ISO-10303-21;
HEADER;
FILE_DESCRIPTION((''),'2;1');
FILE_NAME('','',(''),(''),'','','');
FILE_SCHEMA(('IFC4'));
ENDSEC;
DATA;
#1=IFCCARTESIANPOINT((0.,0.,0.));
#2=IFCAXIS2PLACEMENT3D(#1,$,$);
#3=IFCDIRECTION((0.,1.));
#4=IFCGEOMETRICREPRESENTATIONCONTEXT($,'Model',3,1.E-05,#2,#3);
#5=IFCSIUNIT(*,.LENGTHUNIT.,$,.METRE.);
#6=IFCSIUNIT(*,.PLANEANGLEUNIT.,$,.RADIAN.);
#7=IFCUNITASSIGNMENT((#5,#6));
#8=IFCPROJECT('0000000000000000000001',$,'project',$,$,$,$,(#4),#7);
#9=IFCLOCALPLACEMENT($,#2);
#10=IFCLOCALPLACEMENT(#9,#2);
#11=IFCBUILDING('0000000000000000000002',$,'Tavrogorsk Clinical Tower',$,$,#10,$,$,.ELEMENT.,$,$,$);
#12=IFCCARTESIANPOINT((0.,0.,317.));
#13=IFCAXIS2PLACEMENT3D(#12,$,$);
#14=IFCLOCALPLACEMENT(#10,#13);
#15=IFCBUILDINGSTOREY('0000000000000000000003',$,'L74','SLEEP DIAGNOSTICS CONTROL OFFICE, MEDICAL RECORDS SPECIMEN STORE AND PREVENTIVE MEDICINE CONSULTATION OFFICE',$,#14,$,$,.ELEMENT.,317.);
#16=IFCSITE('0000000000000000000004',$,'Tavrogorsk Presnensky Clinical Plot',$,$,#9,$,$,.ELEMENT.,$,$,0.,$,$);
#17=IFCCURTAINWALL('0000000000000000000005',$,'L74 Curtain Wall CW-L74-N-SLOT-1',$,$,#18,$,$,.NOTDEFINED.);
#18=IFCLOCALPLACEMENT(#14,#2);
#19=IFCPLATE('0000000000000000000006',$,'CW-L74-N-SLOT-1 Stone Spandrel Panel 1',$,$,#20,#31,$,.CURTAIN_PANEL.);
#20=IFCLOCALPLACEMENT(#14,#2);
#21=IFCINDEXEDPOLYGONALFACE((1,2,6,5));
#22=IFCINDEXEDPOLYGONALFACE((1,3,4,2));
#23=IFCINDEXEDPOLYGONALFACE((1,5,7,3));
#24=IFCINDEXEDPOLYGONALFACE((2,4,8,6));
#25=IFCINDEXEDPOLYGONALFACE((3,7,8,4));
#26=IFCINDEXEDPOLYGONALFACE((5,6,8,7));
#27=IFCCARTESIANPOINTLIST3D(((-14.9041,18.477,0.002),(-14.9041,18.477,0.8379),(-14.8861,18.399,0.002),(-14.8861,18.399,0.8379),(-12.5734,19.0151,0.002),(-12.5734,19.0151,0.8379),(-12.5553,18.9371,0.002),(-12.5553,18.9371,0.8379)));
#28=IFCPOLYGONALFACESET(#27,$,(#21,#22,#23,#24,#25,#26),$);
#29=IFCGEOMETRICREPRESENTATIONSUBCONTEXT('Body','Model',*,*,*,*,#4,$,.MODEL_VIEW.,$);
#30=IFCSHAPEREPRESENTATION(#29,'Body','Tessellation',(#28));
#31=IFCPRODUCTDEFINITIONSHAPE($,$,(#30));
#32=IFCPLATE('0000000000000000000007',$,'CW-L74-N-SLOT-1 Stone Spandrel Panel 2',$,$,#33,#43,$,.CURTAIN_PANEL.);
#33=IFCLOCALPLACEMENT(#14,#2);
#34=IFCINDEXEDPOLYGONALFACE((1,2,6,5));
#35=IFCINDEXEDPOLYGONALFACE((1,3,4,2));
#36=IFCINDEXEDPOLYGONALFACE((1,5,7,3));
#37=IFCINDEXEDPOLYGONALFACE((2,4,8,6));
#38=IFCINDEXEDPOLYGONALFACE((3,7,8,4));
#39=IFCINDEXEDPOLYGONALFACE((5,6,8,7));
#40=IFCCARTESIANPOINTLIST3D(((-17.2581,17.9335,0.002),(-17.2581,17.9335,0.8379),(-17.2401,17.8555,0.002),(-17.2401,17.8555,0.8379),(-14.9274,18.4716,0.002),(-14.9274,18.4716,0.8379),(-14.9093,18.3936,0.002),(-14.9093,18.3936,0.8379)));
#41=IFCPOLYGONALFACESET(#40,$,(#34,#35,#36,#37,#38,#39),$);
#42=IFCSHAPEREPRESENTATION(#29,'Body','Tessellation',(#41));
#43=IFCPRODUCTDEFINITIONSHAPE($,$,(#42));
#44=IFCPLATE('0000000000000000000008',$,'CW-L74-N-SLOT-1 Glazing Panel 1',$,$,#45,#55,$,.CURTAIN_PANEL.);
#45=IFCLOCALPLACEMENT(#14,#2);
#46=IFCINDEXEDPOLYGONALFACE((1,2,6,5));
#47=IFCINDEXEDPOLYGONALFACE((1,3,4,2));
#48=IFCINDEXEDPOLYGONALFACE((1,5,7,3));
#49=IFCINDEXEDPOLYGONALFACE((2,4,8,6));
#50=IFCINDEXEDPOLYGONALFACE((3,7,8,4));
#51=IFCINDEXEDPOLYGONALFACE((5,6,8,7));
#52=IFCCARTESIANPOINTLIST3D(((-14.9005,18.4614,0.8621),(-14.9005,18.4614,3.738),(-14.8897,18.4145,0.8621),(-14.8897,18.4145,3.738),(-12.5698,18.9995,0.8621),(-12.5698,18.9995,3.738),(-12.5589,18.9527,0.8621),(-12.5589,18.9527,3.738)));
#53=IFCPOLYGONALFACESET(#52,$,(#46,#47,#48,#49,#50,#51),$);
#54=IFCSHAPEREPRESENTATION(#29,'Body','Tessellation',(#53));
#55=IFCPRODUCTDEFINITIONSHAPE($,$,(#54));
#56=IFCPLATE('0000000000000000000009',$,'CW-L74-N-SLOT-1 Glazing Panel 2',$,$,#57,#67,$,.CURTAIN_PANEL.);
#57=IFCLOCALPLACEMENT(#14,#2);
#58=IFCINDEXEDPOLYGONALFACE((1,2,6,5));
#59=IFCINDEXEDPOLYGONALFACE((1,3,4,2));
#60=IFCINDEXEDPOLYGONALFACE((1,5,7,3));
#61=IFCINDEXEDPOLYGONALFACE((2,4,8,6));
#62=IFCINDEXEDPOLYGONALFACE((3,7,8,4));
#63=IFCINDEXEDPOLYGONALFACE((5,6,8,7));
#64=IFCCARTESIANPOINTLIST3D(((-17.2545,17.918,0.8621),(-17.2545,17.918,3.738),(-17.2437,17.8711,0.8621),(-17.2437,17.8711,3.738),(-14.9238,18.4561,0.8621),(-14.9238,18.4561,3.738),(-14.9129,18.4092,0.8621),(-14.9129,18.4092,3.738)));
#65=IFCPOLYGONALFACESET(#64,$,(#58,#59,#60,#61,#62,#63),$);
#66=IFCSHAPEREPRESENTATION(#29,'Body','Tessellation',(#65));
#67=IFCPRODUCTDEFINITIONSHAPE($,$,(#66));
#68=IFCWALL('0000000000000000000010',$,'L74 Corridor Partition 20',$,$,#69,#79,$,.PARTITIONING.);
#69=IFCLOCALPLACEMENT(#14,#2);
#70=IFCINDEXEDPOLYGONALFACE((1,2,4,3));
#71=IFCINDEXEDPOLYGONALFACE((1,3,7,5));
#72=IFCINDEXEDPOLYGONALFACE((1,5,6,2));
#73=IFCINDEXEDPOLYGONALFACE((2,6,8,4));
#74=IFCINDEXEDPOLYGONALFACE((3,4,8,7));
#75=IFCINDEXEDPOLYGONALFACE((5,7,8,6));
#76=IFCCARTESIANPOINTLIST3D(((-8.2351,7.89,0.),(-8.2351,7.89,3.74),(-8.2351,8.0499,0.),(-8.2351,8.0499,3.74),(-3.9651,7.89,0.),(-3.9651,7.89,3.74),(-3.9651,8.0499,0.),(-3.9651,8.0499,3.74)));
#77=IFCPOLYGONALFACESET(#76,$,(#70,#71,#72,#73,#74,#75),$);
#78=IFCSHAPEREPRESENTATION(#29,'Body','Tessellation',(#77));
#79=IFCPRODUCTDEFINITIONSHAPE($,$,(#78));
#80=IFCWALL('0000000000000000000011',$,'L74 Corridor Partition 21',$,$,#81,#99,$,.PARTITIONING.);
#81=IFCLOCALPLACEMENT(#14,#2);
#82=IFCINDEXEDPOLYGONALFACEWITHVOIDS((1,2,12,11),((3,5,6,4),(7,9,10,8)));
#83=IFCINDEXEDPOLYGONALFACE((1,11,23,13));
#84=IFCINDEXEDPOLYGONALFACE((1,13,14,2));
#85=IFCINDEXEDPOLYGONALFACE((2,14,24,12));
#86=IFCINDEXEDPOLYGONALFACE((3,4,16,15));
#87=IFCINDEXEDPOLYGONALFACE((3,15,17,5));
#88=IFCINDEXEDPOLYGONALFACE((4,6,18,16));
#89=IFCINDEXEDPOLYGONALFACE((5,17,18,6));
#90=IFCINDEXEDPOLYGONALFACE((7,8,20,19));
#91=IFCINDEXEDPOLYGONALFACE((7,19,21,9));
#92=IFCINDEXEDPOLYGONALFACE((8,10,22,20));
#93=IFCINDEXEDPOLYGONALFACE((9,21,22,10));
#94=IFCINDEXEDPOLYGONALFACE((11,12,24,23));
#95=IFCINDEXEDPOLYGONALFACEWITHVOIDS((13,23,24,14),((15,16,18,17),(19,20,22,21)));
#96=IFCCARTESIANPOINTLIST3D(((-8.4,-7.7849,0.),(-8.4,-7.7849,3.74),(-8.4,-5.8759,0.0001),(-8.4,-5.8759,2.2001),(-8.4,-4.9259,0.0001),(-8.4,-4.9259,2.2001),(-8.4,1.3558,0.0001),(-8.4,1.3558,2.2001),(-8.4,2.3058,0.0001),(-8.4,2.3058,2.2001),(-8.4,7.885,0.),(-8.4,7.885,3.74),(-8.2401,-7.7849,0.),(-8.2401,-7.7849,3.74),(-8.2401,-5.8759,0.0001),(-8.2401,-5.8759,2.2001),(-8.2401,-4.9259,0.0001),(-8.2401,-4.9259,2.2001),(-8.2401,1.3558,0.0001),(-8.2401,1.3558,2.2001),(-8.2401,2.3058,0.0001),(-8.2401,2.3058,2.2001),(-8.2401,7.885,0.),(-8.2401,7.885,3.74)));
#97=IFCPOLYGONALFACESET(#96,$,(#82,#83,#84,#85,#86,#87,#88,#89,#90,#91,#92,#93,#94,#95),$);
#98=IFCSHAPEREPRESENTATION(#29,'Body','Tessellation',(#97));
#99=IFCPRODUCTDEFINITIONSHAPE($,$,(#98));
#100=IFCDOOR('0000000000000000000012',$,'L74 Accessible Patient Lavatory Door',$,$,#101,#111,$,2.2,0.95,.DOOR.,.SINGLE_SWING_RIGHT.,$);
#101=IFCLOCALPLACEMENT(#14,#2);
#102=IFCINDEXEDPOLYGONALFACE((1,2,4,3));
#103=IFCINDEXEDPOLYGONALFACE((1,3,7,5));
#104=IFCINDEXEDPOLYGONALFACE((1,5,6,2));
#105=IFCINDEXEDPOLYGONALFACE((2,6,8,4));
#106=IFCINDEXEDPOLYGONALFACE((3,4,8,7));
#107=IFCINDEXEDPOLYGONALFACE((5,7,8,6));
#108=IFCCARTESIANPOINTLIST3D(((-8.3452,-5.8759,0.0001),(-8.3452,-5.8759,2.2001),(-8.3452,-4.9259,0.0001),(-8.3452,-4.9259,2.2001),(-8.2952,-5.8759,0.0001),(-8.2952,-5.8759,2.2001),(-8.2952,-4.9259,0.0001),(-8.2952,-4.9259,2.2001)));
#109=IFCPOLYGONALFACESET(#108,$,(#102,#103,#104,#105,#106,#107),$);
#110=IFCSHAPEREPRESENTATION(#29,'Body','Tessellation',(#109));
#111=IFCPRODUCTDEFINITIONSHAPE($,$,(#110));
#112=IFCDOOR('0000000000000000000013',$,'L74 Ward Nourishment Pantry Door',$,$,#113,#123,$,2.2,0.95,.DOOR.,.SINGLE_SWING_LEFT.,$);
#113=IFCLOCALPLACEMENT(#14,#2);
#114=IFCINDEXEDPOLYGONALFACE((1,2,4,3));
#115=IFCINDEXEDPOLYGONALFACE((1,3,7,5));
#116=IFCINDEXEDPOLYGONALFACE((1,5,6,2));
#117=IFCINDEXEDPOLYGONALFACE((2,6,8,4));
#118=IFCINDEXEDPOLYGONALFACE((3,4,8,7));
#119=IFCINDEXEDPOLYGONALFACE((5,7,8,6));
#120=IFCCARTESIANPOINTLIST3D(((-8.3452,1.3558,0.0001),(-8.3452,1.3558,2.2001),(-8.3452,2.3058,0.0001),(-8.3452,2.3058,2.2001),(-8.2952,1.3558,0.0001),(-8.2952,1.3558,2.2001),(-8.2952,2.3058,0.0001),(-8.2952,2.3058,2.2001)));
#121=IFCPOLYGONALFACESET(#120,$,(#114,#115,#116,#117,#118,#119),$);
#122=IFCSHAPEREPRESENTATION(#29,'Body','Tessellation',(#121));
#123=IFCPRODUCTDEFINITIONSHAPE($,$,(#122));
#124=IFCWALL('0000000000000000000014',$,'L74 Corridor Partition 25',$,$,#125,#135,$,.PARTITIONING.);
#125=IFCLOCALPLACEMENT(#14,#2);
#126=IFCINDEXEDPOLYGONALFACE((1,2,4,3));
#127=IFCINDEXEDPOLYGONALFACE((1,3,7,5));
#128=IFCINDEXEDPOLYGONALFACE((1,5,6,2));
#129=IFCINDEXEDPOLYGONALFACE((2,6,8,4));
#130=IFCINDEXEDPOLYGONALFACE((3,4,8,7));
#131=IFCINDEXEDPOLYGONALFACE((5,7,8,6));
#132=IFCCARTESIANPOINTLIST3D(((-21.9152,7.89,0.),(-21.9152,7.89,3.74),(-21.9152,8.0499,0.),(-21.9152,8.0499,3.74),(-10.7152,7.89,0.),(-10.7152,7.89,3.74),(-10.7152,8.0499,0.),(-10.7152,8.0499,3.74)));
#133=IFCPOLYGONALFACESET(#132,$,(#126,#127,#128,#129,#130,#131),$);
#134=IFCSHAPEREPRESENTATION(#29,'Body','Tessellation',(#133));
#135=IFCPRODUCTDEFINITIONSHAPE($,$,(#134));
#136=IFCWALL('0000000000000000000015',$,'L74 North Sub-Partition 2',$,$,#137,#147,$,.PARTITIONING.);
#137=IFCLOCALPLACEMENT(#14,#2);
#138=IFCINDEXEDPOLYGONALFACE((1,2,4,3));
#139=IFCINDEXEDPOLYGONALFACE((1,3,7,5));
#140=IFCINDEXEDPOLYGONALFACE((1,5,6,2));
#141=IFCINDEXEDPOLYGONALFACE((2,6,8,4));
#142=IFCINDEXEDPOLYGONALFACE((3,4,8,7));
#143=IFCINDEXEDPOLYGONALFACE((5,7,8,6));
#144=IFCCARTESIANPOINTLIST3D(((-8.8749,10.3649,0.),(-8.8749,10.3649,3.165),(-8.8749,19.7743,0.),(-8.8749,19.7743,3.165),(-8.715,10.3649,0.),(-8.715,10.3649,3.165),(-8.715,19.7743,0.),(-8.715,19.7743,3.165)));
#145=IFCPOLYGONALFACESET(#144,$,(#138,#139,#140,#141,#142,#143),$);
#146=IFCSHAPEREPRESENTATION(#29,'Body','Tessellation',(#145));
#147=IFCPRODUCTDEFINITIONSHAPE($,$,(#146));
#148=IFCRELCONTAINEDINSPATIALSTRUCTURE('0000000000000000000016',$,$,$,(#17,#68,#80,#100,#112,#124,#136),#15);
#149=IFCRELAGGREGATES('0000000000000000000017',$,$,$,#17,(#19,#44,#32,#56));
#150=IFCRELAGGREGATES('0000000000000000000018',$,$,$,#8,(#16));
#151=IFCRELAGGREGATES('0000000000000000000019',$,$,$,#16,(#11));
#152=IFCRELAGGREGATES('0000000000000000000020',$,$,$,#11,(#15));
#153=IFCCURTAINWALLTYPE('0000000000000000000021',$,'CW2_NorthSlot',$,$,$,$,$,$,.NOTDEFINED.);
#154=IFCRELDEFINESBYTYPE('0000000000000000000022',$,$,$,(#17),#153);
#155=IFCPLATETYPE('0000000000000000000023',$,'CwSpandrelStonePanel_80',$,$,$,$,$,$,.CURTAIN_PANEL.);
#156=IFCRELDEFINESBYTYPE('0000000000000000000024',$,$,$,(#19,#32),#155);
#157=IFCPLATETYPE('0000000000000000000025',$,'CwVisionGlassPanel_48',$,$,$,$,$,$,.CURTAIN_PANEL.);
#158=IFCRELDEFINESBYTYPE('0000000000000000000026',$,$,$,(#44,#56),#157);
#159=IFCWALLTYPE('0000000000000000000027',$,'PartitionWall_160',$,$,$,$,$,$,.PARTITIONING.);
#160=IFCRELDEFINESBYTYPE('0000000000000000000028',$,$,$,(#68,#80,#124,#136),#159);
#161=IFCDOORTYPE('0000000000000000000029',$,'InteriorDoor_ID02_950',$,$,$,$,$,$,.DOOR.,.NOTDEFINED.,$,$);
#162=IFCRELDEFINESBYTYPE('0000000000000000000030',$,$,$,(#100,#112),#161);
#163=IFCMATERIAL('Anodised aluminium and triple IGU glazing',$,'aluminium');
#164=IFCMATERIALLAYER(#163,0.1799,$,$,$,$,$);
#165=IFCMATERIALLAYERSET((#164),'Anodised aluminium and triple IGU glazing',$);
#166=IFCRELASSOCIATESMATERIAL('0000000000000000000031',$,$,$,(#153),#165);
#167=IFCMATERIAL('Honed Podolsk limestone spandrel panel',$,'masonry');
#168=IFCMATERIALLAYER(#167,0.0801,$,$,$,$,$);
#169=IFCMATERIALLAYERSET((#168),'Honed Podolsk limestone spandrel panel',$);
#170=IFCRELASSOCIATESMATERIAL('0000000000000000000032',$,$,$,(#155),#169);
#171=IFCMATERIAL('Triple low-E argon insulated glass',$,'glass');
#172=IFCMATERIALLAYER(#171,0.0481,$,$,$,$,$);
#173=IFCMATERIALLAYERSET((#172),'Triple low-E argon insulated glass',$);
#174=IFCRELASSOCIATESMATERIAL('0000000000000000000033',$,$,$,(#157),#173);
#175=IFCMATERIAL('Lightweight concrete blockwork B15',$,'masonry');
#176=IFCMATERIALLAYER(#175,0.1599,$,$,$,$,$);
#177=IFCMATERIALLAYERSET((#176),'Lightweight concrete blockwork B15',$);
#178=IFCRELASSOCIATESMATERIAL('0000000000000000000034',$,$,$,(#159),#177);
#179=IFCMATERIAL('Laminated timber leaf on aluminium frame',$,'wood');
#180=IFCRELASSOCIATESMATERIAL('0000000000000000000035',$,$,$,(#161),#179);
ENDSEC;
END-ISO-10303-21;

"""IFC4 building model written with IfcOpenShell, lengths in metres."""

from ifc_helpers import new_model, si_unit, direction, frame, frame_2d, origin, origin_2d, place, context, subcontext, project, spatial, rectangle, extrude, material, layer, layer_set, type_object, element, fill, aggregate, save


model = new_model("IFC4")

# Units and contexts
model_context = context("Model", 3, precision=1e-05, world=origin(), true_north=direction((0.0, 1.0)))
body_context = subcontext(model_context, "Body", "Model", "MODEL_VIEW")
ifc_project = project(units=[si_unit("LENGTHUNIT", "METRE"), si_unit("PLANEANGLEUNIT", "RADIAN")], contexts=[model_context])

# Site, building, storey
site_placement = place(None, origin())
site = spatial("IfcSite", under=ifc_project, at=site_placement, Name="Tavrogorsk Presnensky Clinical Plot", CompositionType="ELEMENT", RefElevation=0.0)
building_placement = place(site_placement, origin())
building = spatial("IfcBuilding", under=site, at=building_placement, Name="Tavrogorsk Clinical Tower", CompositionType="ELEMENT")
storey_placement = place(building_placement, frame((0.0, 0.0, 317.0)))
storey = spatial("IfcBuildingStorey", under=building, at=storey_placement, Name="L74", Description="SLEEP DIAGNOSTICS CONTROL OFFICE, MEDICAL RECORDS SPECIMEN STORE AND PREVENTIVE MEDICINE CONSULTATION OFFICE", CompositionType="ELEMENT", Elevation=317.0)

# Curtain wall
ifc_material_1 = material(Name="Anodised aluminium and triple IGU glazing", Category="aluminium")
ifc_layer_1 = layer(ifc_material_1, 0.1799)
ifc_layer_set_1 = layer_set([ifc_layer_1], Name="Anodised aluminium and triple IGU glazing")
curtain_wall_type = type_object("IfcCurtainWallType", Name="CW2_NorthSlot", PredefinedType="NOTDEFINED", material=ifc_layer_set_1)
curtain_wall_placement = place(storey_placement, origin())
curtain_wall = element("IfcCurtainWall", 1, at=curtain_wall_placement, inside=storey, type_object=curtain_wall_type, Name="L74 Curtain Wall CW-L74-N-SLOT-1", PredefinedType="NOTDEFINED")

# Plates
ifc_material_2 = material(Name="Honed Podolsk limestone spandrel panel", Category="masonry")
ifc_layer_2 = layer(ifc_material_2, 0.0801)
ifc_layer_set_2 = layer_set([ifc_layer_2], Name="Honed Podolsk limestone spandrel panel")
plate_type_1 = type_object("IfcPlateType", Name="CwSpandrelStonePanel_80", PredefinedType="CURTAIN_PANEL", material=ifc_layer_set_2)
plate_1_placement = place(storey_placement, frame((-13.7297, 18.707, 0.002), z_axis=(0.0, 0.0, 1.0), x_axis=(-0.97437, -0.224951, 0.0)))
plate_1 = element("IfcPlate", 2, at=plate_1_placement, type_object=plate_type_1, Name="CW-L74-N-SLOT-1 Stone Spandrel Panel 1", PredefinedType="CURTAIN_PANEL", context=body_context, shape_type="SweptSolid", body=[
    extrude(rectangle(XDim=2.3921, YDim=0.0801, at=origin_2d()), origin(), (0.0, 0.0, 1.0), 0.8359),
])
plate_2_placement = place(storey_placement, frame((-16.0837, 18.1636, 0.002), z_axis=(0.0, 0.0, 1.0), x_axis=(-0.97437, -0.224951, 0.0)))
plate_2 = element("IfcPlate", 3, at=plate_2_placement, type_object=plate_type_1, Name="CW-L74-N-SLOT-1 Stone Spandrel Panel 2", PredefinedType="CURTAIN_PANEL", context=body_context, shape_type="SweptSolid", body=[
    extrude(rectangle(XDim=2.3921, YDim=0.0801, at=origin_2d()), origin(), (0.0, 0.0, 1.0), 0.8359),
])
ifc_material_3 = material(Name="Triple low-E argon insulated glass", Category="glass")
ifc_layer_3 = layer(ifc_material_3, 0.0481)
ifc_layer_set_3 = layer_set([ifc_layer_3], Name="Triple low-E argon insulated glass")
plate_type_2 = type_object("IfcPlateType", Name="CwVisionGlassPanel_48", PredefinedType="CURTAIN_PANEL", material=ifc_layer_set_3)
plate_3_placement = place(storey_placement, frame((-13.7297, 18.707, 0.8621), z_axis=(0.0, 0.0, 1.0), x_axis=(-0.97437, -0.224951, 0.0)))
plate_3 = element("IfcPlate", 4, at=plate_3_placement, type_object=plate_type_2, Name="CW-L74-N-SLOT-1 Glazing Panel 1", PredefinedType="CURTAIN_PANEL", context=body_context, shape_type="SweptSolid", body=[
    extrude(rectangle(XDim=2.3921, YDim=0.0481, at=origin_2d()), origin(), (0.0, 0.0, 1.0), 2.876),
])
plate_4_placement = place(storey_placement, frame((-16.0837, 18.1636, 0.8621), z_axis=(0.0, 0.0, 1.0), x_axis=(-0.97437, -0.224951, 0.0)))
plate_4 = element("IfcPlate", 5, at=plate_4_placement, type_object=plate_type_2, Name="CW-L74-N-SLOT-1 Glazing Panel 2", PredefinedType="CURTAIN_PANEL", context=body_context, shape_type="SweptSolid", body=[
    extrude(rectangle(XDim=2.3921, YDim=0.0481, at=origin_2d()), origin(), (0.0, 0.0, 1.0), 2.876),
])
aggregate(curtain_wall, [plate_1, plate_3, plate_2, plate_4])

# Wall
ifc_material_4 = material(Name="Lightweight concrete blockwork B15", Category="masonry")
ifc_layer_4 = layer(ifc_material_4, 0.1599)
ifc_layer_set_4 = layer_set([ifc_layer_4], Name="Lightweight concrete blockwork B15")
wall_type_1 = type_object("IfcWallType", Name="PartitionWall_160", PredefinedType="PARTITIONING", material=ifc_layer_set_4)
wall_1_placement = place(storey_placement, frame((-3.9651, 7.97, 0.0), z_axis=(0.0, 0.0, 1.0), x_axis=(-1.0, 0.0, 0.0)))
element("IfcWall", 6, at=wall_1_placement, inside=storey, type_object=wall_type_1, Name="L74 Corridor Partition 20", PredefinedType="PARTITIONING", context=body_context, shape_type="SweptSolid", body=[
    extrude(rectangle(XDim=4.27, YDim=0.1599, at=frame_2d((2.135, 0.0))), origin(), (0.0, 0.0, 1.0), 3.74),
])

# Wall, openings, doors
wall_2_placement = place(storey_placement, frame((-8.3201, 7.885, 0.0), z_axis=(0.0, 0.0, 1.0), x_axis=(0.0, -1.0, 0.0)))
wall_2 = element("IfcWall", 7, at=wall_2_placement, inside=storey, type_object=wall_type_1, Name="L74 Corridor Partition 21", PredefinedType="PARTITIONING", context=body_context, shape_type="SweptSolid", body=[
    extrude(rectangle(XDim=15.6699, YDim=0.1599, at=frame_2d((7.835, 0.0))), origin(), (0.0, 0.0, 1.0), 3.74),
])
opening_1_placement = place(wall_2_placement, frame((12.8108, 0.0, 0.0)))
opening_1 = element("IfcOpeningElement", 8, at=opening_1_placement, cuts=wall_2, PredefinedType="OPENING", context=body_context, shape_type="SweptSolid", body=[
    extrude(rectangle(XDim=0.95, YDim=2.2, at=frame_2d((0.4751, 1.1001))), frame((0.0, 0.0898, 0.0), z_axis=(0.0, -1.0, 0.0), x_axis=(1.0, 0.0, 0.0)), (0.0, 0.0, 1.0), 0.1799),
])
opening_2_placement = place(wall_2_placement, frame((5.5791, 0.0, 0.0)))
opening_2 = element("IfcOpeningElement", 9, at=opening_2_placement, cuts=wall_2, PredefinedType="OPENING", context=body_context, shape_type="SweptSolid", body=[
    extrude(rectangle(XDim=0.95, YDim=2.2, at=frame_2d((0.4751, 1.1001))), frame((0.0, 0.0898, 0.0), z_axis=(0.0, -1.0, 0.0), x_axis=(1.0, 0.0, 0.0)), (0.0, 0.0, 1.0), 0.1799),
])
ifc_material_5 = material(Name="Laminated timber leaf on aluminium frame", Category="wood")
door_type = type_object("IfcDoorType", Name="InteriorDoor_ID02_950", OperationType="NOTDEFINED", PredefinedType="DOOR", material=ifc_material_5)
door_1_placement = place(opening_1_placement, origin())
door_1 = element("IfcDoor", 10, at=door_1_placement, inside=storey, type_object=door_type, Name="L74 Accessible Patient Lavatory Door", OperationType="SINGLE_SWING_RIGHT", OverallHeight=2.2, OverallWidth=0.95, PredefinedType="DOOR", context=body_context, shape_type="SweptSolid", body=[
    extrude(rectangle(XDim=0.95, YDim=2.2, at=frame_2d((0.4751, 1.1001))), frame((0.0, 0.0249, 0.0), z_axis=(0.0, -1.0, 0.0), x_axis=(1.0, 0.0, 0.0)), (0.0, 0.0, 1.0), 0.05),
])
fill(opening_1, door_1)
door_2_placement = place(opening_2_placement, origin())
door_2 = element("IfcDoor", 11, at=door_2_placement, inside=storey, type_object=door_type, Name="L74 Ward Nourishment Pantry Door", OperationType="SINGLE_SWING_LEFT", OverallHeight=2.2, OverallWidth=0.95, PredefinedType="DOOR", context=body_context, shape_type="SweptSolid", body=[
    extrude(rectangle(XDim=0.95, YDim=2.2, at=frame_2d((0.4751, 1.1001))), frame((0.0, 0.0249, 0.0), z_axis=(0.0, -1.0, 0.0), x_axis=(1.0, 0.0, 0.0)), (0.0, 0.0, 1.0), 0.05),
])
fill(opening_2, door_2)

# Walls
wall_3_placement = place(storey_placement, frame((-10.7151, 7.97, 0.0), z_axis=(0.0, 0.0, 1.0), x_axis=(-1.0, 0.0, 0.0)))
element("IfcWall", 12, at=wall_3_placement, inside=storey, type_object=wall_type_1, Name="L74 Corridor Partition 25", PredefinedType="PARTITIONING", context=body_context, shape_type="SweptSolid", body=[
    extrude(rectangle(XDim=11.2, YDim=0.1599, at=frame_2d((5.6001, 0.0))), origin(), (0.0, 0.0, 1.0), 3.74),
])
wall_4_placement = place(storey_placement, frame((-8.7949, 10.365, 0.0), z_axis=(0.0, 0.0, 1.0), x_axis=(0.0, 1.0, 0.0)))
element("IfcWall", 13, at=wall_4_placement, inside=storey, type_object=wall_type_1, Name="L74 North Sub-Partition 2", PredefinedType="PARTITIONING", context=body_context, shape_type="SweptSolid", body=[
    extrude(rectangle(XDim=9.4094, YDim=0.1599, at=frame_2d((4.7046, 0.0))), origin(), (0.0, 0.0, 1.0), 3.165),
])

save(model, "model.ifc")
